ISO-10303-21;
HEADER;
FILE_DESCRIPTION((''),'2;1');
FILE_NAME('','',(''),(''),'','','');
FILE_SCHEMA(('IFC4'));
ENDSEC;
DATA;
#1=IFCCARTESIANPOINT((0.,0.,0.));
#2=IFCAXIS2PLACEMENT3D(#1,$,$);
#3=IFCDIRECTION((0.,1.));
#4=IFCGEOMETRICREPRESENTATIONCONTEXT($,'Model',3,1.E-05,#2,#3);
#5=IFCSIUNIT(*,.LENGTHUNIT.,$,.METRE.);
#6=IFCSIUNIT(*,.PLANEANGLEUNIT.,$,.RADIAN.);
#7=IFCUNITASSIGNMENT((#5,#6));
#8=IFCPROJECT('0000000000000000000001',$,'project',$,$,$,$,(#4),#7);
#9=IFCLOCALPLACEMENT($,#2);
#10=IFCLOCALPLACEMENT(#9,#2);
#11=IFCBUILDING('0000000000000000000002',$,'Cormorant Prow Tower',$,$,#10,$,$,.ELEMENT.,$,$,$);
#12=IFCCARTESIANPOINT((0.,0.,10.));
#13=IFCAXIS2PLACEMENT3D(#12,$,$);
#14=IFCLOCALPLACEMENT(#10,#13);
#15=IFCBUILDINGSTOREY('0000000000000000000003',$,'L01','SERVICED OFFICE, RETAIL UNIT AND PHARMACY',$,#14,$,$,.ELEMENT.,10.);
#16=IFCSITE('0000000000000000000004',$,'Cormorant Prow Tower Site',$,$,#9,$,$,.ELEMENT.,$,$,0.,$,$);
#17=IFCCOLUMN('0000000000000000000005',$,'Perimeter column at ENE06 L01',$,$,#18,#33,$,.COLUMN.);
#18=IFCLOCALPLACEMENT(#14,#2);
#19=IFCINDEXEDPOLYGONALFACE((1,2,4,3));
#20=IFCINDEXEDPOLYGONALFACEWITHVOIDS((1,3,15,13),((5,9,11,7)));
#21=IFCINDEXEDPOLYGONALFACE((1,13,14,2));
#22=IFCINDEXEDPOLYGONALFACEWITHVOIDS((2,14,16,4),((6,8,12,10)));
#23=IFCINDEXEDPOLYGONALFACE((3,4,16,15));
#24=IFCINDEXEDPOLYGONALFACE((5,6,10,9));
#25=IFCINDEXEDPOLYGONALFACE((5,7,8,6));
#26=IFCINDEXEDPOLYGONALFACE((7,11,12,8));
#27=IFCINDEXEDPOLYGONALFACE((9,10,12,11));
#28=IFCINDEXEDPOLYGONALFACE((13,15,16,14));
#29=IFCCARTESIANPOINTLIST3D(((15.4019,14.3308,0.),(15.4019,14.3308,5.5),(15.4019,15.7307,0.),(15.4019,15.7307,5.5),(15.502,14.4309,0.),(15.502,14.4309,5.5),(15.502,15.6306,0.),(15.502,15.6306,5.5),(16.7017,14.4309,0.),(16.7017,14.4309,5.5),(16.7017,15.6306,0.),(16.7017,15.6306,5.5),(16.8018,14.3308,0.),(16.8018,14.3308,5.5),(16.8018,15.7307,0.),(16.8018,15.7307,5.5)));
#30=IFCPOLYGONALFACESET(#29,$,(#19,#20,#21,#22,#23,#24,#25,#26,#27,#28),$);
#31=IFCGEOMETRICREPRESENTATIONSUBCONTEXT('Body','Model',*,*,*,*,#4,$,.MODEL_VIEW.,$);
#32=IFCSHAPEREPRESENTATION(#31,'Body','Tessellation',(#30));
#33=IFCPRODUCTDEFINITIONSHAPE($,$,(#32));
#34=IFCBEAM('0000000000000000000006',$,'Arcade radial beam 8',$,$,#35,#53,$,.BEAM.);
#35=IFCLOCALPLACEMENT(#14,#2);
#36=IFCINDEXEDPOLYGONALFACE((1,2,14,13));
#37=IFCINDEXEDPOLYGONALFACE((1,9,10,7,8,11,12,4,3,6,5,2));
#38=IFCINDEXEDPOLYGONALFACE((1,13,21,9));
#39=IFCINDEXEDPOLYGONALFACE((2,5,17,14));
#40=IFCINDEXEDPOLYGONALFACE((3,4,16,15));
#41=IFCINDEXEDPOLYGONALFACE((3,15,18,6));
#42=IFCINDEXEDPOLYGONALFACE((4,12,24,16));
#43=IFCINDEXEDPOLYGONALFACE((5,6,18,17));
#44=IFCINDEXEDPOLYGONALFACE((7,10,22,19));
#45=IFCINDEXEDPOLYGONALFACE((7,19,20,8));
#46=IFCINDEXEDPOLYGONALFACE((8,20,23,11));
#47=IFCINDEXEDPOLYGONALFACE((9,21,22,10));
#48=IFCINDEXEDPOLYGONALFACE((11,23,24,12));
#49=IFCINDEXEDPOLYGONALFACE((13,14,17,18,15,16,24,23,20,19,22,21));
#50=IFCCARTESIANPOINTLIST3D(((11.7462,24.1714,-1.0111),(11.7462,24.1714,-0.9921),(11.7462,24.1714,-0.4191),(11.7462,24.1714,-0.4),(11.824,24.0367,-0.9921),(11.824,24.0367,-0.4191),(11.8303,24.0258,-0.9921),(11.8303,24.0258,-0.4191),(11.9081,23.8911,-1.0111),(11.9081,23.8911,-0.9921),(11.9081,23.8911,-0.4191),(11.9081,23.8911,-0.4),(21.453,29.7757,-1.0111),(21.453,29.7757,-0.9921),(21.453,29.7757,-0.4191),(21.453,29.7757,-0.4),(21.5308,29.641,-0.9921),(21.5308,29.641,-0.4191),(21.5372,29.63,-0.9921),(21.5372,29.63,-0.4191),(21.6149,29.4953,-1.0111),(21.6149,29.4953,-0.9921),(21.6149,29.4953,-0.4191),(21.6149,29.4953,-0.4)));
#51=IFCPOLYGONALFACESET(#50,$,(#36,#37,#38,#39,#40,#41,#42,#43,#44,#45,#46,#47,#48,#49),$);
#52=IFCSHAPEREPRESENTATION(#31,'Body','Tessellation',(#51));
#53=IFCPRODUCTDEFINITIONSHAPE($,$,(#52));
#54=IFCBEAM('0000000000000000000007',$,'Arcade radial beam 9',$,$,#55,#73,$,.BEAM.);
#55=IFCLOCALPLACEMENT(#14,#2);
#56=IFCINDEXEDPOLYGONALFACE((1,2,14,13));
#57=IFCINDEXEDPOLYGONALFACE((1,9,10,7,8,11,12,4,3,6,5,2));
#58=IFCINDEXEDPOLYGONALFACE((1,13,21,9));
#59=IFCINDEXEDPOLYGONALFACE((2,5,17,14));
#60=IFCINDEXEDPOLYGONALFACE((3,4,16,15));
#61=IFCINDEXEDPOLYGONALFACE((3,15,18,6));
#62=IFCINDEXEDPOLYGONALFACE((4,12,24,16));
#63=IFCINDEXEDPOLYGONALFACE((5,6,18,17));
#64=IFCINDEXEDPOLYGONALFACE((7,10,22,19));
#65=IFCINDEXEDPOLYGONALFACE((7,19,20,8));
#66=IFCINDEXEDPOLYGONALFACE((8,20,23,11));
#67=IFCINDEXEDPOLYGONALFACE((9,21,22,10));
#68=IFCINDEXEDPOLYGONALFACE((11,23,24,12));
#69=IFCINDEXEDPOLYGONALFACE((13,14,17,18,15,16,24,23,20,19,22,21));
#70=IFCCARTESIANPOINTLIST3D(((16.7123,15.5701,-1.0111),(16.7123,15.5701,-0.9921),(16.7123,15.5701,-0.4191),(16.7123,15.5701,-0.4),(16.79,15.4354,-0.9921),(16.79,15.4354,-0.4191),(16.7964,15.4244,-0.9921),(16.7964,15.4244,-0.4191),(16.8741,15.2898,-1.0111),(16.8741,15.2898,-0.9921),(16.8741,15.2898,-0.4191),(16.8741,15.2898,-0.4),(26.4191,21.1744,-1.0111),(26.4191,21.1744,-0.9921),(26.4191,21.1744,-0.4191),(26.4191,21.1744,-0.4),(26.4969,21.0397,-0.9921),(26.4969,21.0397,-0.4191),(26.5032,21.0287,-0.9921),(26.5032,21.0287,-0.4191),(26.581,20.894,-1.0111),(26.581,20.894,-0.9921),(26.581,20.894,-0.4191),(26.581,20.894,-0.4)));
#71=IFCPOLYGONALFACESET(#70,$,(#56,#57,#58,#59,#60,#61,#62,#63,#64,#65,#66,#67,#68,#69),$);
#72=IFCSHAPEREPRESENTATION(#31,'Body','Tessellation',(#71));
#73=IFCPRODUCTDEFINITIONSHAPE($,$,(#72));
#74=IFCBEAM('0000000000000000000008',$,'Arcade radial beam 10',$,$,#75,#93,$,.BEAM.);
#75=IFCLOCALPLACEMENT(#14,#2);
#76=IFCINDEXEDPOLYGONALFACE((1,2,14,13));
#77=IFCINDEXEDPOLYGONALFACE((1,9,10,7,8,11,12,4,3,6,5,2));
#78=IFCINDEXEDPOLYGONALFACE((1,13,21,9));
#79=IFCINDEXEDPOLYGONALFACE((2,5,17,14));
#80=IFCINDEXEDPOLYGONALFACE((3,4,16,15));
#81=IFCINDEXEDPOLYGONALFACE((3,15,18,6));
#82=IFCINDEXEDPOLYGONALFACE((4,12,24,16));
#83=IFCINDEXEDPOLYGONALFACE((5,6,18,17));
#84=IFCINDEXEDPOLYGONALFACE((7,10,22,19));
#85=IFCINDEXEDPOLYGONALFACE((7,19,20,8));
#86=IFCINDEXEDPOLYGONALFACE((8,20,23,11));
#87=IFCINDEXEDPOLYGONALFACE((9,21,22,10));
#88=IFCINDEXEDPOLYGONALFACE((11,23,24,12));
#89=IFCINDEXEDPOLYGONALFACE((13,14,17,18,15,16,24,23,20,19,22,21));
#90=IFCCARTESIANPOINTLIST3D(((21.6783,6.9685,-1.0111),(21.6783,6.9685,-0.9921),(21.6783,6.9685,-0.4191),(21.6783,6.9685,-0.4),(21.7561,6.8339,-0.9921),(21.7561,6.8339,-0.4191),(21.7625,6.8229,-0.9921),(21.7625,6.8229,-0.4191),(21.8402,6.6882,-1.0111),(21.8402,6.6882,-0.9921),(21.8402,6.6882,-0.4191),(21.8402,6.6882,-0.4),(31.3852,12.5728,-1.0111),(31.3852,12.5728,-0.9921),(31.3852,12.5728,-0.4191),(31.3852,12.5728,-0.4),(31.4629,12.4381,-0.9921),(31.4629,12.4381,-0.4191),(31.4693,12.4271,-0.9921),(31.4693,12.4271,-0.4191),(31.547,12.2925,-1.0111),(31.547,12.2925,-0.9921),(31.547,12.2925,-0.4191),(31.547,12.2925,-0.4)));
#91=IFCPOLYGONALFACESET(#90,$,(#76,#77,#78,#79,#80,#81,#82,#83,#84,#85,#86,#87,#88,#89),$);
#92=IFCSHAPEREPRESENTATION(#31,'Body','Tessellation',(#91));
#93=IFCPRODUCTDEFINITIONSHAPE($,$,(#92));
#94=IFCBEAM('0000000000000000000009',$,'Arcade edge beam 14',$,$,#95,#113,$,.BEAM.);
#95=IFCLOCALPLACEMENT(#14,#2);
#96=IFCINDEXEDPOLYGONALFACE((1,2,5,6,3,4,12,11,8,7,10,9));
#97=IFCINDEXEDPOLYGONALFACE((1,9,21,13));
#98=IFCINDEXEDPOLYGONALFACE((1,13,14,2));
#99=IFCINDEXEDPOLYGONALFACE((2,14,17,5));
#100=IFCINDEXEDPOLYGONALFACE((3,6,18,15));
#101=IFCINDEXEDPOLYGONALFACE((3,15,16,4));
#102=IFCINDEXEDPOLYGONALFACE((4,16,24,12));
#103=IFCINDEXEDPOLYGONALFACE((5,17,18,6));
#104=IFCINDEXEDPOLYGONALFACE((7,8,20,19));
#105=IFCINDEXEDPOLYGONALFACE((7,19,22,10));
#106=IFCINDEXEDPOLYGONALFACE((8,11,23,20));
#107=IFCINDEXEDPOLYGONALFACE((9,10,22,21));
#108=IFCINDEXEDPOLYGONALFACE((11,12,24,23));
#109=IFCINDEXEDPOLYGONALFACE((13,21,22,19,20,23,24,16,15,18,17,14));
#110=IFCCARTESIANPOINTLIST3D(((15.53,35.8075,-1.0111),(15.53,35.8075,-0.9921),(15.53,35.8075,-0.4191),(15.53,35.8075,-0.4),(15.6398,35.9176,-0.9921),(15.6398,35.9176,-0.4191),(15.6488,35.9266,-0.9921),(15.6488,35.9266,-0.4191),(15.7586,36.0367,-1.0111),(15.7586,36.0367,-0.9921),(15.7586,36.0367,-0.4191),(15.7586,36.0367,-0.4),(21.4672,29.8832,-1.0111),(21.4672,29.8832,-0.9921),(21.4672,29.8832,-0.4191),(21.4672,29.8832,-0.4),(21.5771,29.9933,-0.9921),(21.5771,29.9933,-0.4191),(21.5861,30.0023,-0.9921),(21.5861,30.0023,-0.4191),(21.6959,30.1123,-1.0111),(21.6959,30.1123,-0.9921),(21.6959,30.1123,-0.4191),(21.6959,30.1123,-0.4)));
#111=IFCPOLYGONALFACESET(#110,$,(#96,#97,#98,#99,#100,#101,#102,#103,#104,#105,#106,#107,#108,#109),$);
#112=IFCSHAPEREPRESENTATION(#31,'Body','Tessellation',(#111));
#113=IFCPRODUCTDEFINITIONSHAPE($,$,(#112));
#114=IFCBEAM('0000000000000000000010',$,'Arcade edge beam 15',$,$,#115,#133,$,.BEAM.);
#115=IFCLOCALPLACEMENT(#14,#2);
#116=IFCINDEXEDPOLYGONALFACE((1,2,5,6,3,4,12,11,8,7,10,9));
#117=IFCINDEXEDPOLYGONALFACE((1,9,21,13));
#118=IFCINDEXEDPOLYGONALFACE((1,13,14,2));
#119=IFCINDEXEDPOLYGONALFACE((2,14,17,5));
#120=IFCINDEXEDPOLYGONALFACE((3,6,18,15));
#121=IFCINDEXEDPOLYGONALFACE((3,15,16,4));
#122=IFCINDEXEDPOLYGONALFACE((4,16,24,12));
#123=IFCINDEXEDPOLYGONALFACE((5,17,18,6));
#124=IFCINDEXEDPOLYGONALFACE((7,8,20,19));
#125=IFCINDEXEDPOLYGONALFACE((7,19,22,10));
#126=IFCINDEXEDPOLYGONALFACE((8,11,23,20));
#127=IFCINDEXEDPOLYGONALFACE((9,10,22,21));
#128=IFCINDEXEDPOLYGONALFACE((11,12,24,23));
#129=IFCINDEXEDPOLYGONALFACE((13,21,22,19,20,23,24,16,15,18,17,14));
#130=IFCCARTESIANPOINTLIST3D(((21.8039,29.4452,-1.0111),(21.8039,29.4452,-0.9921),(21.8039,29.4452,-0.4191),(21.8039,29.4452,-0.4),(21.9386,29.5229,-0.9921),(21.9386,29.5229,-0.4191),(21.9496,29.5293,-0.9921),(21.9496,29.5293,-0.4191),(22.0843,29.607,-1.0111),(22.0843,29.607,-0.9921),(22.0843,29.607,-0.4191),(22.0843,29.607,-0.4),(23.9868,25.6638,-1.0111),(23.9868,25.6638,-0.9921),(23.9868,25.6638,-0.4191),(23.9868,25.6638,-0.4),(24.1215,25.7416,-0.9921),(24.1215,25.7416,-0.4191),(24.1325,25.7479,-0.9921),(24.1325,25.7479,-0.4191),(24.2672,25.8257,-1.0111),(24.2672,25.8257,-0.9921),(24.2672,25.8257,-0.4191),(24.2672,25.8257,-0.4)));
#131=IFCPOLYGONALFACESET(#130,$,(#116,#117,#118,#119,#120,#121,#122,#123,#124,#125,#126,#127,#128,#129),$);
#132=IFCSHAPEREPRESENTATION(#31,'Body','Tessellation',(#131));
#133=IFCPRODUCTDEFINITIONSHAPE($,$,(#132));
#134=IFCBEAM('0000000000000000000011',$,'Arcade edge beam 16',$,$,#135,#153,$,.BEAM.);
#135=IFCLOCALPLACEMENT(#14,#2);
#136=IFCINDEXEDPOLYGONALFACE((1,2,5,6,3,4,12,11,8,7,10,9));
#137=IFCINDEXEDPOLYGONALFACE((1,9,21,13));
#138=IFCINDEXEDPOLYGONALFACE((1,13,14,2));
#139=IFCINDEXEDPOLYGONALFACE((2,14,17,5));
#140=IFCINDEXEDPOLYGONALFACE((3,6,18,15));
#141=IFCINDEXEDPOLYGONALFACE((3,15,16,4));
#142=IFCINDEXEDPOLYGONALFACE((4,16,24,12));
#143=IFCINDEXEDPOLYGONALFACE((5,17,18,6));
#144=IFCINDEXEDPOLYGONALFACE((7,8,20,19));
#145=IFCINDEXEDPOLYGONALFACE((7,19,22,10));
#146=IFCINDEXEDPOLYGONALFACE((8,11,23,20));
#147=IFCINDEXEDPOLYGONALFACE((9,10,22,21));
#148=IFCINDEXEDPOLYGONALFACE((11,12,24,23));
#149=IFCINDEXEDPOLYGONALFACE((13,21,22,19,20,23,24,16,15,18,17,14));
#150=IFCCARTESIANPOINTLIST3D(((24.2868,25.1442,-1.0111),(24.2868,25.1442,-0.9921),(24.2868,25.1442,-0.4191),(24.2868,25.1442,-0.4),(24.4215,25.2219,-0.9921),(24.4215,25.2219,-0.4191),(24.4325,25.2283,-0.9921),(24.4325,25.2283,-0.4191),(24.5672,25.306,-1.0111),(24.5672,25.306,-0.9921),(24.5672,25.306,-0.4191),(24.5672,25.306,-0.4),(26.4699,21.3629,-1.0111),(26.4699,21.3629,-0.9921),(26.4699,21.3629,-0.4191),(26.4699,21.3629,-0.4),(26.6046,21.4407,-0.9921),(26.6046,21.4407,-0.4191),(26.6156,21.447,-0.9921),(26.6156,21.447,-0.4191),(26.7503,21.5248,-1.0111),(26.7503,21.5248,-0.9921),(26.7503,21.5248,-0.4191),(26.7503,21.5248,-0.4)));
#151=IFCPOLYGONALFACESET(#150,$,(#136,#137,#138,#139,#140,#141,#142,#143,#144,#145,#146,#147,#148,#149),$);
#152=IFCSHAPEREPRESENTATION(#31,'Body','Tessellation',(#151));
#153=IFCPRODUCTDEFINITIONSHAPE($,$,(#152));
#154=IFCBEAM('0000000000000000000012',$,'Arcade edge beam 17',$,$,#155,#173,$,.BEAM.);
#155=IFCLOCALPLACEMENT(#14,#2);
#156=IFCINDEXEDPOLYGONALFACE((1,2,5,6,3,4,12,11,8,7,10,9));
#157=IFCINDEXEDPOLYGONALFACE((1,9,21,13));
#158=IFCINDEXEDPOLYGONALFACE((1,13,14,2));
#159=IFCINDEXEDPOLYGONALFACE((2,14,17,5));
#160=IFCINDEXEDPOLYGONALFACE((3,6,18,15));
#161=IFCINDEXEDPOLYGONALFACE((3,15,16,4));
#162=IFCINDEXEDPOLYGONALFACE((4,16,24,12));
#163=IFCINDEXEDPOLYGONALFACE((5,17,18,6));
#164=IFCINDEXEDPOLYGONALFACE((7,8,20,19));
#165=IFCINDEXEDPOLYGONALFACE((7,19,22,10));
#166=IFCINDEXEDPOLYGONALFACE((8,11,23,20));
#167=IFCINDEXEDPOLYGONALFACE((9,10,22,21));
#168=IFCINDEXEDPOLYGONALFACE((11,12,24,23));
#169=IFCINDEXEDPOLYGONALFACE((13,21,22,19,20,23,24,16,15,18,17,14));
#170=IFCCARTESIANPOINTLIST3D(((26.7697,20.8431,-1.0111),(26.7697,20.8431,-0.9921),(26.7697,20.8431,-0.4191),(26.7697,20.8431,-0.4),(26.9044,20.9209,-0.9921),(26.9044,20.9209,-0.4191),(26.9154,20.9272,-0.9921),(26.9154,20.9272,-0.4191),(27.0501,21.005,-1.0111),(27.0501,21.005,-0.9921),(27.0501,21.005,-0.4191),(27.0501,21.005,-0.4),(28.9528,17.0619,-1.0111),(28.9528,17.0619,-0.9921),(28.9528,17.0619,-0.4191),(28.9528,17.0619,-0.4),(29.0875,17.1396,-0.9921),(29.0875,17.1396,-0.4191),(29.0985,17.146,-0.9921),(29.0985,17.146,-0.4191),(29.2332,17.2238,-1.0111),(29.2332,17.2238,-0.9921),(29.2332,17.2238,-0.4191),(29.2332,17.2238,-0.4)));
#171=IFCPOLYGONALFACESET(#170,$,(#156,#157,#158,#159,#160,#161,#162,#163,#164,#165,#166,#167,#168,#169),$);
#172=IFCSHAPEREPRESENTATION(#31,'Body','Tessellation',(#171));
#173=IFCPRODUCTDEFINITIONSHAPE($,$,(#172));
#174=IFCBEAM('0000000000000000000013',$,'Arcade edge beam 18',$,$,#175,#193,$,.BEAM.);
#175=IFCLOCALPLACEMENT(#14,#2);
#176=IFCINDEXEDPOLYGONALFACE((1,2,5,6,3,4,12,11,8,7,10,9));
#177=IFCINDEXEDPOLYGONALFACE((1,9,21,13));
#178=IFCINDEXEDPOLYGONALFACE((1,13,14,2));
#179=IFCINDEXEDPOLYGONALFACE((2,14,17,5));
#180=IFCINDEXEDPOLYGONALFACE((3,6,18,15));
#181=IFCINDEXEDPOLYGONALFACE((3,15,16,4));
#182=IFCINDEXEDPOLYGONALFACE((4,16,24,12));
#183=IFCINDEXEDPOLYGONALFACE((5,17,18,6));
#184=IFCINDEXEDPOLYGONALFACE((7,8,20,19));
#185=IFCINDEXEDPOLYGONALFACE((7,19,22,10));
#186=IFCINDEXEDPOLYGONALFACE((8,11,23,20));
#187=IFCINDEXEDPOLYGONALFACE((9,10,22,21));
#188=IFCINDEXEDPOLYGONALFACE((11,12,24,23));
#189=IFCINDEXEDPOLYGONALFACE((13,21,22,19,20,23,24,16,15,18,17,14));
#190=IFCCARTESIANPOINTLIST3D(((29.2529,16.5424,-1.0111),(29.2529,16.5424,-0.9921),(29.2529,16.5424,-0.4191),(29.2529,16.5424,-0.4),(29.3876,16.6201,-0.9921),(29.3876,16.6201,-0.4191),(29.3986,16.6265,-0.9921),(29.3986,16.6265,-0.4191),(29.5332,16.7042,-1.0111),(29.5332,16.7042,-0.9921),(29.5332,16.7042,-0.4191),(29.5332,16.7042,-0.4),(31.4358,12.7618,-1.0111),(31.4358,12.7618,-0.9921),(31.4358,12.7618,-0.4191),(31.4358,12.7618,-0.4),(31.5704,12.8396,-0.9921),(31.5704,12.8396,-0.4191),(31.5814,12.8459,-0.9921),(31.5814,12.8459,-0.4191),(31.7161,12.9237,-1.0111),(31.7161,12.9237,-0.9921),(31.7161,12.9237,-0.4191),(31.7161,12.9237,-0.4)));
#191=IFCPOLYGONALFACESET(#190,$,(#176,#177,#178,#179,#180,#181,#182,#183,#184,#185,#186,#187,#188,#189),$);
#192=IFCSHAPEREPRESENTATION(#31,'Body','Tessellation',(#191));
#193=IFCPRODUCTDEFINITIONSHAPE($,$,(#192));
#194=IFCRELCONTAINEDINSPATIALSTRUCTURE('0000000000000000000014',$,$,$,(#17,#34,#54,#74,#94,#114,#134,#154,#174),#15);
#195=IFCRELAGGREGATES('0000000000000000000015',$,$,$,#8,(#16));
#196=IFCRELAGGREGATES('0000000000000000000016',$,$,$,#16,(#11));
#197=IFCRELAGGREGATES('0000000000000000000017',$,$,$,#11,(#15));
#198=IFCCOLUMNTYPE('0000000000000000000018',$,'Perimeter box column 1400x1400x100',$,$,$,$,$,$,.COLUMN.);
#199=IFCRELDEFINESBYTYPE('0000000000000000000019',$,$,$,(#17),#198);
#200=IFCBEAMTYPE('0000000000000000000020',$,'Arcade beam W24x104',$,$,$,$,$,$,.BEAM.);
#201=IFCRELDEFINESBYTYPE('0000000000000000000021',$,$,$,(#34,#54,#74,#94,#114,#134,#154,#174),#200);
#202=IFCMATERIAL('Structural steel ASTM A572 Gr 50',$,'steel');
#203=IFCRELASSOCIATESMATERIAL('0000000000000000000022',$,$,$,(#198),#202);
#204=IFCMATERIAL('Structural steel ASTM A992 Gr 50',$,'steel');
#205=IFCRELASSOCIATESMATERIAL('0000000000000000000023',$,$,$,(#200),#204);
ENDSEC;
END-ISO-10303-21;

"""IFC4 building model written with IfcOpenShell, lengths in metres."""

from ifc_helpers import new_model, si_unit, direction, frame, origin, origin_2d, place, context, subcontext, project, spatial, hollow_rectangle, i_section, extrude, material, material_profile, profile_set, type_object, element, save


model = new_model("IFC4")

# Units and contexts
model_context = context("Model", 3, precision=1e-05, world=origin(), true_north=direction((0.0, 1.0)))
body_context = subcontext(model_context, "Body", "Model", "MODEL_VIEW")
ifc_project = project(units=[si_unit("LENGTHUNIT", "METRE"), si_unit("PLANEANGLEUNIT", "RADIAN")], contexts=[model_context])

# Site, building, storey
site_placement = place(None, origin())
site = spatial("IfcSite", under=ifc_project, at=site_placement, Name="Cormorant Prow Tower Site", CompositionType="ELEMENT", RefElevation=0.0)
building_placement = place(site_placement, origin())
building = spatial("IfcBuilding", under=site, at=building_placement, Name="Cormorant Prow Tower", CompositionType="ELEMENT")
storey_placement = place(building_placement, frame((0.0, 0.0, 10.0)))
storey = spatial("IfcBuildingStorey", under=building, at=storey_placement, Name="L01", Description="SERVICED OFFICE, RETAIL UNIT AND PHARMACY", CompositionType="ELEMENT", Elevation=10.0)

# Column
ifc_material_1 = material(Name="Structural steel ASTM A572 Gr 50", Category="steel")
ifc_material_profile_1 = material_profile(ifc_material_1, hollow_rectangle(XDim=1.3999, YDim=1.3999, WallThickness=0.1001, at=origin_2d()), Name="Box 1400x1400x100")
ifc_profile_set_1 = profile_set([ifc_material_profile_1], Name="Structural steel ASTM A572 Gr 50")
column_type = type_object("IfcColumnType", Name="Perimeter box column 1400x1400x100", PredefinedType="COLUMN", material=ifc_profile_set_1)
column_placement = place(storey_placement, frame((16.1018, 15.0308, 0.0), z_axis=(0.0, 0.0, 1.0), x_axis=(1.0, 0.0, 0.0)))
element("IfcColumn", 1, at=column_placement, inside=storey, type_object=column_type, Name="Perimeter column at ENE06 L01", PredefinedType="COLUMN", context=body_context, shape_type="SweptSolid", body=[
    extrude(hollow_rectangle(XDim=1.3999, YDim=1.3999, WallThickness=0.1001, at=origin_2d()), origin(), (0.0, 0.0, 1.0), 5.5),
])

# Beams
ifc_material_2 = material(Name="Structural steel ASTM A992 Gr 50", Category="steel")
ifc_material_profile_2 = material_profile(ifc_material_2, i_section(OverallWidth=0.3237, OverallDepth=0.6111, WebThickness=0.0127, FlangeThickness=0.019, at=origin_2d()), Name="W24x104")
ifc_profile_set_2 = profile_set([ifc_material_profile_2], Name="Structural steel ASTM A992 Gr 50")
beam_type = type_object("IfcBeamType", Name="Arcade beam W24x104", PredefinedType="BEAM", material=ifc_profile_set_2)
for number, where, z_axis, x_axis, name in (
    (2, (11.8271, 24.0312, -0.7056), (0.866024, 0.500002, 0.0), (-0.500002, 0.866024, 0.0), "Arcade radial beam 8"),
    (3, (16.7932, 15.4299, -0.7056), (0.866024, 0.500002, 0.0), (-0.500002, 0.866024, 0.0), "Arcade radial beam 9"),
    (4, (21.7593, 6.8284, -0.7056), (0.866024, 0.500002, 0.0), (-0.500002, 0.866024, 0.0), "Arcade radial beam 10"),
):
    element("IfcBeam", number, at=place(storey_placement, frame(where, z_axis=z_axis, x_axis=x_axis)), inside=storey, type_object=beam_type, Name=name, PredefinedType="BEAM", context=body_context, shape_type="SweptSolid", body=[
        extrude(i_section(OverallWidth=0.3237, OverallDepth=0.6111, WebThickness=0.0127, FlangeThickness=0.019, at=origin_2d()), origin(), (0.0, 0.0, 1.0), 11.2085),
    ])
beam_1_placement = place(storey_placement, frame((15.6443, 35.9221, -0.7056), z_axis=(0.707878, -0.706335, 0.0), x_axis=(0.706335, 0.707878, 0.0)))
element("IfcBeam", 5, at=beam_1_placement, inside=storey, type_object=beam_type, Name="Arcade edge beam 14", PredefinedType="BEAM", context=body_context, shape_type="SweptSolid", body=[
    extrude(i_section(OverallWidth=0.3237, OverallDepth=0.6111, WebThickness=0.0127, FlangeThickness=0.019, at=origin_2d()), origin(), (0.0, 0.0, 1.0), 8.3875),
])
for number, where, z_axis, x_axis, name in (
    (6, (21.9441, 29.5261, -0.7056), (0.499958, -0.86605, 0.0), (0.86605, 0.499958, 0.0), "Arcade edge beam 15"),
    (7, (24.427, 25.2251, -0.7056), (0.5, -0.866025, 0.0), (0.866025, 0.5, 0.0), "Arcade edge beam 16"),
    (8, (26.9099, 20.9241, -0.7056), (0.5, -0.866025, 0.0), (0.866025, 0.5, 0.0), "Arcade edge beam 17"),
):
    element("IfcBeam", number, at=place(storey_placement, frame(where, z_axis=z_axis, x_axis=x_axis)), inside=storey, type_object=beam_type, Name=name, PredefinedType="BEAM", context=body_context, shape_type="SweptSolid", body=[
        extrude(i_section(OverallWidth=0.3237, OverallDepth=0.6111, WebThickness=0.0127, FlangeThickness=0.019, at=origin_2d()), origin(), (0.0, 0.0, 1.0), 4.3662),
    ])
beam_2_placement = place(storey_placement, frame((29.3931, 16.6233, -0.7056), z_axis=(0.500031, -0.866008, 0.0), x_axis=(0.866008, 0.500031, 0.0)))
element("IfcBeam", 9, at=beam_2_placement, inside=storey, type_object=beam_type, Name="Arcade edge beam 18", PredefinedType="BEAM", context=body_context, shape_type="SweptSolid", body=[
    extrude(i_section(OverallWidth=0.3237, OverallDepth=0.6111, WebThickness=0.0127, FlangeThickness=0.019, at=origin_2d()), origin(), (0.0, 0.0, 1.0), 4.3655),
])

save(model, "model.ifc")
